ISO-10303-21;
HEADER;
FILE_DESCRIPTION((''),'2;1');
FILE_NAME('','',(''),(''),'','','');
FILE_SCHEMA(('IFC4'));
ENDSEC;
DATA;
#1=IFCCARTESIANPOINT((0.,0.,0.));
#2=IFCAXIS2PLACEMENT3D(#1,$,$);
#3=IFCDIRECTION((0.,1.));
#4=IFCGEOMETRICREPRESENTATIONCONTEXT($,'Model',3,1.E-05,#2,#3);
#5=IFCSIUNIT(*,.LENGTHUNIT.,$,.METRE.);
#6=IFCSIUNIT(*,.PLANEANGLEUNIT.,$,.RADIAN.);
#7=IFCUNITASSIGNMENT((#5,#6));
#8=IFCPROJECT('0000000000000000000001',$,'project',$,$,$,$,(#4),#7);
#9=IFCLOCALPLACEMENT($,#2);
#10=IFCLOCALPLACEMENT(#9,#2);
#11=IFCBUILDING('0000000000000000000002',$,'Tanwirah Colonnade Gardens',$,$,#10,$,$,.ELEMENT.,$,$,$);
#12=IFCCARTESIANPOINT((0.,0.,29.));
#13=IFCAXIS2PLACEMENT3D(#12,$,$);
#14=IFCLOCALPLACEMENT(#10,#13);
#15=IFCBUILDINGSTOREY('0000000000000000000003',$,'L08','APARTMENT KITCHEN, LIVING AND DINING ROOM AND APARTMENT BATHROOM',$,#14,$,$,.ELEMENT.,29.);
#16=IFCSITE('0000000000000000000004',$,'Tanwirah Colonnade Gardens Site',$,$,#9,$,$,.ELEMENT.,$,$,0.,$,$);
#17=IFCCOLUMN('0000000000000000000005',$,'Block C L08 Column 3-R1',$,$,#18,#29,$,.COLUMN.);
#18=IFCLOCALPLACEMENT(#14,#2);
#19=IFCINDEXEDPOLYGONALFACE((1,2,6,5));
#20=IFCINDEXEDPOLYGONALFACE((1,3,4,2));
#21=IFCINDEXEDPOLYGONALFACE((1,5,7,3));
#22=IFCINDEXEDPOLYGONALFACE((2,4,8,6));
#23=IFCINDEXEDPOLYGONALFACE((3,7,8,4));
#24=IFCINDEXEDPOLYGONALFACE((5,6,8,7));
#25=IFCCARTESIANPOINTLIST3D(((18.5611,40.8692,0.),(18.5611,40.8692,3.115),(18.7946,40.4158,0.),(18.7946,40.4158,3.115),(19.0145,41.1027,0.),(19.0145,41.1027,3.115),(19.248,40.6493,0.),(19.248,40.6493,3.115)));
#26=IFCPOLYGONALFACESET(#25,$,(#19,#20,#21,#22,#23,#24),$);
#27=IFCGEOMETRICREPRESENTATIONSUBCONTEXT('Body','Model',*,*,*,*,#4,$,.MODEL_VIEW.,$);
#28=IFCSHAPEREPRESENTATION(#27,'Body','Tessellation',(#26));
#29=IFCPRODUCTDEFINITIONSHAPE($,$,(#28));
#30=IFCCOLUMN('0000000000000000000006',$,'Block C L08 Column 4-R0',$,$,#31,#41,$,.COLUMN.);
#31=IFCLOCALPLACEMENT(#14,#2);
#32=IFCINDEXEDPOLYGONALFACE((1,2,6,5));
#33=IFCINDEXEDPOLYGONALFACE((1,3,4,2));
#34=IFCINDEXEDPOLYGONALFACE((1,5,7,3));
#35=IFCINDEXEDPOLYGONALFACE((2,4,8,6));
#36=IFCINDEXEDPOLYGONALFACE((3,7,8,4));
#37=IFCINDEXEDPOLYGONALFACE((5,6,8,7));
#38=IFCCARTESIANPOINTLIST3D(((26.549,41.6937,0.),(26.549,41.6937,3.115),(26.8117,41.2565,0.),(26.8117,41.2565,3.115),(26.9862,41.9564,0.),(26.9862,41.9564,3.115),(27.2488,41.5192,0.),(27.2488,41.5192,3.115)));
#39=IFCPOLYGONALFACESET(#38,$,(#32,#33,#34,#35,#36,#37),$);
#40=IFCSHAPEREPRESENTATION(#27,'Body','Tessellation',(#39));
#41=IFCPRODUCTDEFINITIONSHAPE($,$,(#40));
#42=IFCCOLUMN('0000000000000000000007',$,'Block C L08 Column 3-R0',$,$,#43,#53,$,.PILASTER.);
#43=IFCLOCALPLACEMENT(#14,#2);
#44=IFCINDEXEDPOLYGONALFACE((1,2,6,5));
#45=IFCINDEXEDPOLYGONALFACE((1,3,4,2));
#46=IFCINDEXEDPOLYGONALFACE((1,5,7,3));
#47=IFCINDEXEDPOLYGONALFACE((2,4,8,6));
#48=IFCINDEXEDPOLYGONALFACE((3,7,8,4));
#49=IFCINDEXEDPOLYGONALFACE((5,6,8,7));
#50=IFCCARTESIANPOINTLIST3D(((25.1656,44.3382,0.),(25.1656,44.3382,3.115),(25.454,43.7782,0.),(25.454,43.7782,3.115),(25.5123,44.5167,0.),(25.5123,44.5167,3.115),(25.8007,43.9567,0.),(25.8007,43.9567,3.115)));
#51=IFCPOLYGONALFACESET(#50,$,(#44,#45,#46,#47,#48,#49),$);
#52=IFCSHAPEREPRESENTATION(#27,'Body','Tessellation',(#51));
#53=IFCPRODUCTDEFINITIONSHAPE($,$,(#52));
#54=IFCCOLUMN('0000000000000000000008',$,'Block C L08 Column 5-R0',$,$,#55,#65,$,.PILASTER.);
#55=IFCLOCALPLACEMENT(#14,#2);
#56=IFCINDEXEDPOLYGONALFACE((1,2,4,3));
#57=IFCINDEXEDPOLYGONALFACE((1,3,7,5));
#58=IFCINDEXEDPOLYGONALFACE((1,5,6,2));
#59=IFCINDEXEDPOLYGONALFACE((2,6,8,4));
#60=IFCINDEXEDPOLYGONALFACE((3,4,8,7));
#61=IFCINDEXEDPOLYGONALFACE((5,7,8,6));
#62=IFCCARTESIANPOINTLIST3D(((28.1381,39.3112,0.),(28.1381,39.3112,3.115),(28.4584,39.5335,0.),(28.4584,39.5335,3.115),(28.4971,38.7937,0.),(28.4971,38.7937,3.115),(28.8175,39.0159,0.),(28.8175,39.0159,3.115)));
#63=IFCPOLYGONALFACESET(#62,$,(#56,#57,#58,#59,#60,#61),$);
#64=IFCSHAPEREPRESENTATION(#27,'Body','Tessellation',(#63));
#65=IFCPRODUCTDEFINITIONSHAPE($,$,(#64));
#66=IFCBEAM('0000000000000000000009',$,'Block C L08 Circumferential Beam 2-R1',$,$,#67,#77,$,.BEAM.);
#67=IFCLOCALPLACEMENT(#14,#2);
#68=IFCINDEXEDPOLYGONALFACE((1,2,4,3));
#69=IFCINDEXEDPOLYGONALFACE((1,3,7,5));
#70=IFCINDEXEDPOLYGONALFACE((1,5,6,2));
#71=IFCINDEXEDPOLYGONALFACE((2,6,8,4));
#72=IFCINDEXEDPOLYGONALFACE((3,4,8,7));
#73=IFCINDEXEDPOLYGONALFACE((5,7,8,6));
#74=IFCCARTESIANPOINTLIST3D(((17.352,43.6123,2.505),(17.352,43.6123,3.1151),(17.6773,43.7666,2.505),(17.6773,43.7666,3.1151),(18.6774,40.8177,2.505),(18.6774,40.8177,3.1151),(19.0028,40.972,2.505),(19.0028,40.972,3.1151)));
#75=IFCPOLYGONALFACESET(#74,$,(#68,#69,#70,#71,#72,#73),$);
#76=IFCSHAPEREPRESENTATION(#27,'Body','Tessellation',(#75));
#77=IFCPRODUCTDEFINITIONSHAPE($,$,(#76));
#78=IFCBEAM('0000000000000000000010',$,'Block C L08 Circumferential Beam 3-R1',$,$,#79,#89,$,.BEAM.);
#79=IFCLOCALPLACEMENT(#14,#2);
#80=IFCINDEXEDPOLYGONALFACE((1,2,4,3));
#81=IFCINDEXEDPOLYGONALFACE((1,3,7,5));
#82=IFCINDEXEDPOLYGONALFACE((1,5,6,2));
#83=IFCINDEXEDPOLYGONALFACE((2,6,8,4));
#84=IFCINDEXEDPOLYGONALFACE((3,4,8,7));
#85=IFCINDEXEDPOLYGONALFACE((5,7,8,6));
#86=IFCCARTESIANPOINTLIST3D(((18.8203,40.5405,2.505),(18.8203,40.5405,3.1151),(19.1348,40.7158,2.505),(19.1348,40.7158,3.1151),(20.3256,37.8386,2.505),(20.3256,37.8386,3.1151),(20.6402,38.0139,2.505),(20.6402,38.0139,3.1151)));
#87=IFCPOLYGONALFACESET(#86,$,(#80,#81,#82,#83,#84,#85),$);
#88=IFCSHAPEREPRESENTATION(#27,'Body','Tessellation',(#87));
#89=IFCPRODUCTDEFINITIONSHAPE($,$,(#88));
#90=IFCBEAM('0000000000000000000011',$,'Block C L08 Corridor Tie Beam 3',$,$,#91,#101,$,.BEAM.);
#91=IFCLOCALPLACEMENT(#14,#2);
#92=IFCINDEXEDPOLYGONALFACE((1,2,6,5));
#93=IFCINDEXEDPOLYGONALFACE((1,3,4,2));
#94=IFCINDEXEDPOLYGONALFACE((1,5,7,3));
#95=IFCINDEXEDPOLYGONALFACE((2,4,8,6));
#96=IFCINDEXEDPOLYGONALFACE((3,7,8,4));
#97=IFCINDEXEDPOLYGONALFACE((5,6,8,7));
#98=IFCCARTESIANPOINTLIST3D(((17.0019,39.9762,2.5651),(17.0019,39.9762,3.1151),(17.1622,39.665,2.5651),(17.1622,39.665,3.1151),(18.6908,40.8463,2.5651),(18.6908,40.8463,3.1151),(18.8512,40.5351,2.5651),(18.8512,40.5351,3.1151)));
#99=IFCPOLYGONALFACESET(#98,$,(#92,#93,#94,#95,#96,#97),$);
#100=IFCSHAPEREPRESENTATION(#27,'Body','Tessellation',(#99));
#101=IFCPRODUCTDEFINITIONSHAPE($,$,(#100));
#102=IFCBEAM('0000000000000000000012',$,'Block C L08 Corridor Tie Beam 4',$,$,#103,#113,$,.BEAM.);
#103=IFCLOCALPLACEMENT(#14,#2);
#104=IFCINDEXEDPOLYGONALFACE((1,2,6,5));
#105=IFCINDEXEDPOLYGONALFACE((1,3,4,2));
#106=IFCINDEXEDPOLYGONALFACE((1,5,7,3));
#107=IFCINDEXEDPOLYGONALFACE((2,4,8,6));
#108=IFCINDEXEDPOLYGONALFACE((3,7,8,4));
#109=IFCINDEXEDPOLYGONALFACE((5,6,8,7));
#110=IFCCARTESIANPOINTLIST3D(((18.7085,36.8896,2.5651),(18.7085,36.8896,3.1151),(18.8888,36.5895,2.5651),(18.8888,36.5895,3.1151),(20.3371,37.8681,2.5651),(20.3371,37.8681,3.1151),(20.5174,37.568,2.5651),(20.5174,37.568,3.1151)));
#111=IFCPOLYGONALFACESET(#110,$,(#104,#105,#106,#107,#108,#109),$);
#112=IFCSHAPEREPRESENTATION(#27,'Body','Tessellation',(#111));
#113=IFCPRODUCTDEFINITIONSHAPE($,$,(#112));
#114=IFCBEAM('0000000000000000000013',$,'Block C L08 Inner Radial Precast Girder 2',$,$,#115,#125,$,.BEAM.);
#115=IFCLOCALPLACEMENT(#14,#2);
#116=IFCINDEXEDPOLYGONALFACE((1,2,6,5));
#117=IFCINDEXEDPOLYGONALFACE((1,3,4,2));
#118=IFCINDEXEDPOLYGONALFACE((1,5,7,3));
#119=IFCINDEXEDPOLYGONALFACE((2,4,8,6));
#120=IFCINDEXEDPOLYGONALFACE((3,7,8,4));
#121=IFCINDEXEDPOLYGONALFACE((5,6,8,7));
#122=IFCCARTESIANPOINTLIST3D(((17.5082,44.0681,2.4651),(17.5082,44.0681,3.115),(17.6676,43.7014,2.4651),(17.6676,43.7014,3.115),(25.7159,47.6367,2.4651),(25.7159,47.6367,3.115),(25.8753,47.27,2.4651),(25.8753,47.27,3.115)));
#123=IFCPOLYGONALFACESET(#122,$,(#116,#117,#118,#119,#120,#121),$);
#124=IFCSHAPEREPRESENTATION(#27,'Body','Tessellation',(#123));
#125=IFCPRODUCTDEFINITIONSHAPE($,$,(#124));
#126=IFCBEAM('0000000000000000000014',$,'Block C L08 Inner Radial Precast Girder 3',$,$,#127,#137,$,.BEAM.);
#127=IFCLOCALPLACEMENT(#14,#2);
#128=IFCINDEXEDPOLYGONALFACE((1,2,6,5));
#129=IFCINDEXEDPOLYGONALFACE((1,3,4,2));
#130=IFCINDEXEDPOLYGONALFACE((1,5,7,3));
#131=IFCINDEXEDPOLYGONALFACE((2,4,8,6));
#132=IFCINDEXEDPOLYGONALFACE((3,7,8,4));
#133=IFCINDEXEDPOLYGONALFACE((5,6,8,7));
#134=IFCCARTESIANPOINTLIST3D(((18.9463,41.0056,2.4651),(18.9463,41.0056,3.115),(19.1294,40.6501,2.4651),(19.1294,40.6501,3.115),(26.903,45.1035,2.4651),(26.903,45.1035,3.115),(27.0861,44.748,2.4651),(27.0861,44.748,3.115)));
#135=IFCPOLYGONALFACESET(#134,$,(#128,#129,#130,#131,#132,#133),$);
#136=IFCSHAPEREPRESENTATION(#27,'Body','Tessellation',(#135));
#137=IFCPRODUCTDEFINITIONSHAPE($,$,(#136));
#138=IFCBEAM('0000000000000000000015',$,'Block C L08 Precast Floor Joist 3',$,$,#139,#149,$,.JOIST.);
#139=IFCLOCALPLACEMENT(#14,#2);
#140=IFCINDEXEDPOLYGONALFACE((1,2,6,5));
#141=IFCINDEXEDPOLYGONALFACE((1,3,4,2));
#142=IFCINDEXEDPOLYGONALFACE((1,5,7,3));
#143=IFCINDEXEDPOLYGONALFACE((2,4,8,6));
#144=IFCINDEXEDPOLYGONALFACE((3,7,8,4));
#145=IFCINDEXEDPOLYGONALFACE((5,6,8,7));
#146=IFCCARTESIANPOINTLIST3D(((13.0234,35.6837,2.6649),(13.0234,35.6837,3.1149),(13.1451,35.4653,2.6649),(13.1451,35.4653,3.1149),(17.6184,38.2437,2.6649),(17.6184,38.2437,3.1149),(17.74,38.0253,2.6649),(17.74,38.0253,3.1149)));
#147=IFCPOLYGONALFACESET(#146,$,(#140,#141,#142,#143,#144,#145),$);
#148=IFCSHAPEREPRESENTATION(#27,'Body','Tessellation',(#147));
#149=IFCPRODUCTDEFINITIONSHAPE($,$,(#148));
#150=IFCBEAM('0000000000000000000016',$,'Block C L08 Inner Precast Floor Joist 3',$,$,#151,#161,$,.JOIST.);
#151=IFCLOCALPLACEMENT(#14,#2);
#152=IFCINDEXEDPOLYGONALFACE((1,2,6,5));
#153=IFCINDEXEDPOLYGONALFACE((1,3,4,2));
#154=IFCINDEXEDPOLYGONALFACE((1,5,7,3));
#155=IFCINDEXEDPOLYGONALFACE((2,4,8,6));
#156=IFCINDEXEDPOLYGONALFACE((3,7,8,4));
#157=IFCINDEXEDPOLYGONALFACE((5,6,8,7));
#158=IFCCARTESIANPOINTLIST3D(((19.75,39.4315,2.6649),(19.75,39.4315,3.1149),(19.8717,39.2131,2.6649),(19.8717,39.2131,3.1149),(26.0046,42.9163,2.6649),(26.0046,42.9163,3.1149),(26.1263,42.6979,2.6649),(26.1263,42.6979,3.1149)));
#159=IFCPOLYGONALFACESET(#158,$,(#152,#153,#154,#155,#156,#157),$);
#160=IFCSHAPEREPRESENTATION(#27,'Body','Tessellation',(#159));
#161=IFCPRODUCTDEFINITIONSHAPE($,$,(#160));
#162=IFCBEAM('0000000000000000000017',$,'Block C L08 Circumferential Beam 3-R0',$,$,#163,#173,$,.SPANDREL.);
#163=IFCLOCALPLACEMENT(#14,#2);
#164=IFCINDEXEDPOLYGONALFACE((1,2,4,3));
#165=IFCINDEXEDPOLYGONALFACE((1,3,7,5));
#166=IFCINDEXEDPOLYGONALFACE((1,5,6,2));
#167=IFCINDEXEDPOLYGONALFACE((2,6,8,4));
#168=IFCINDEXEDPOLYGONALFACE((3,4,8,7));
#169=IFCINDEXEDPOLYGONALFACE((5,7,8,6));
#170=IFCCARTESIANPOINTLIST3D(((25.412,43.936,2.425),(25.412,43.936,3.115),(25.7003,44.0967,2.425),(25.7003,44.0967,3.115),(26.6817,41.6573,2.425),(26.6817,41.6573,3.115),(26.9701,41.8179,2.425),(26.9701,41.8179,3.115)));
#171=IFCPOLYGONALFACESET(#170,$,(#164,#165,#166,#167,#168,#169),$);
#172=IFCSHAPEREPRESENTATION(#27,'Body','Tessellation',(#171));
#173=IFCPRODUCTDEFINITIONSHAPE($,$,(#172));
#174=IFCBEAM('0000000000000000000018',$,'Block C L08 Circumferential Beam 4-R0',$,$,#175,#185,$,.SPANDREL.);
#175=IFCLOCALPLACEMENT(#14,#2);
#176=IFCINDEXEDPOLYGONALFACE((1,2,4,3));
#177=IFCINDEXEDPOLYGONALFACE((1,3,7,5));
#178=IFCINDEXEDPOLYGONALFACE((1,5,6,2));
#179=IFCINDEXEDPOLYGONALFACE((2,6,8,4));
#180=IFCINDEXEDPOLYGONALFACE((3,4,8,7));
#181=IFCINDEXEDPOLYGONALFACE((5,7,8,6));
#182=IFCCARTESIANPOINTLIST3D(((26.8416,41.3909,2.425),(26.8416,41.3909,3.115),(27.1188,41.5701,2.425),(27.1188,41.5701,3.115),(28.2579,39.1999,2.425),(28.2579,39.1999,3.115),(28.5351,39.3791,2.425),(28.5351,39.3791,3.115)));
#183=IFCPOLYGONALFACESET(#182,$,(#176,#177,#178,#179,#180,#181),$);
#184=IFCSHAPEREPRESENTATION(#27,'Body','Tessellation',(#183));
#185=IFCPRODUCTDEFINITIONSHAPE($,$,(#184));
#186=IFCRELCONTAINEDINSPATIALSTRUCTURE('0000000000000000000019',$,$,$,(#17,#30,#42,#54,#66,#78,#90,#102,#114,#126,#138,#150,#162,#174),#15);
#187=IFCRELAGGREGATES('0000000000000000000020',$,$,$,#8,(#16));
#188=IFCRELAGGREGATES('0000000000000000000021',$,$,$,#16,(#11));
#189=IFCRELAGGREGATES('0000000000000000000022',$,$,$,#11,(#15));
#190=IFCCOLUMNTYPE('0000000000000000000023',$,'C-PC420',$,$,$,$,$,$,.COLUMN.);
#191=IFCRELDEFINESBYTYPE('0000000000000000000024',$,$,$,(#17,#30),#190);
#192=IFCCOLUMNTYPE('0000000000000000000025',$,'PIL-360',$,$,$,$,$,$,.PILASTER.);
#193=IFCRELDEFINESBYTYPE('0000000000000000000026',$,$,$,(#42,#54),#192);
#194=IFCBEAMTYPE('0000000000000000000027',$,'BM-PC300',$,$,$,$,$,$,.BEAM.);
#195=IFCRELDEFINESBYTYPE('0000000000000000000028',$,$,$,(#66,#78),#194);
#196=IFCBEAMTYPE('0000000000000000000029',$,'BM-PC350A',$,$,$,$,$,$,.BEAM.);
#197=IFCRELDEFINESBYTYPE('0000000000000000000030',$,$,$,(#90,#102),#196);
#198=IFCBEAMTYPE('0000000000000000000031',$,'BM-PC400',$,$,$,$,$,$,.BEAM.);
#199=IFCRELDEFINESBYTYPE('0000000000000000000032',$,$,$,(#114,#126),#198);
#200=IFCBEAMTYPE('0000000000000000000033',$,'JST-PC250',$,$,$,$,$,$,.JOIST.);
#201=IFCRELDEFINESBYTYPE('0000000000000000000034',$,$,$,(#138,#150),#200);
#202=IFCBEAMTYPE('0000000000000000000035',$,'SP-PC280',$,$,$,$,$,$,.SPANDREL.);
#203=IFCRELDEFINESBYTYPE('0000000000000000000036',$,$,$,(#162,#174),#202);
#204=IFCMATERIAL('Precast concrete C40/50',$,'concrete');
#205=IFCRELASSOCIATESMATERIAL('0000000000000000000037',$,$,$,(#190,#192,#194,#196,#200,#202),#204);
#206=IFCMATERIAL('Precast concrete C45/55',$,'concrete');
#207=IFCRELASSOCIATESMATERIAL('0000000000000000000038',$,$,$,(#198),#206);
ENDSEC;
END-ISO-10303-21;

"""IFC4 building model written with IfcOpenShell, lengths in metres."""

from ifc_helpers import new_model, si_unit, direction, frame, origin, origin_2d, place, context, subcontext, project, spatial, rectangle, extrude, material, material_profile, profile_set, type_object, element, save


model = new_model("IFC4")

# Units and contexts
model_context = context("Model", 3, precision=1e-05, world=origin(), true_north=direction((0.0, 1.0)))
body_context = subcontext(model_context, "Body", "Model", "MODEL_VIEW")
ifc_project = project(units=[si_unit("LENGTHUNIT", "METRE"), si_unit("PLANEANGLEUNIT", "RADIAN")], contexts=[model_context])

# Site, building, storey
site_placement = place(None, origin())
site = spatial("IfcSite", under=ifc_project, at=site_placement, Name="Tanwirah Colonnade Gardens Site", CompositionType="ELEMENT", RefElevation=0.0)
building_placement = place(site_placement, origin())
building = spatial("IfcBuilding", under=site, at=building_placement, Name="Tanwirah Colonnade Gardens", CompositionType="ELEMENT")
storey_placement = place(building_placement, frame((0.0, 0.0, 29.0)))
storey = spatial("IfcBuildingStorey", under=building, at=storey_placement, Name="L08", Description="APARTMENT KITCHEN, LIVING AND DINING ROOM AND APARTMENT BATHROOM", CompositionType="ELEMENT", Elevation=29.0)

# Columns
ifc_material_1 = material(Name="Precast concrete C40/50", Category="concrete")
ifc_material_profile_1 = material_profile(ifc_material_1, rectangle(XDim=0.51, YDim=0.51, at=origin_2d()), Name="PC-COL 510x510")
ifc_profile_set_1 = profile_set([ifc_material_profile_1], Name="Precast concrete C40/50")
column_type_1 = type_object("IfcColumnType", Name="C-PC420", PredefinedType="COLUMN", material=ifc_profile_set_1)
for number, where, z_axis, x_axis, name in (
    (1, (18.9045, 40.7593, 0.0), (0.0, 0.0, 1.0), (-0.889017, -0.457874, 0.0), "Block C L08 Column 3-R1"),
    (2, (26.8989, 41.6064, 0.0), (0.0, 0.0, 1.0), (-0.857167, -0.515038, 0.0), "Block C L08 Column 4-R0"),
):
    element("IfcColumn", number, at=place(storey_placement, frame(where, z_axis=z_axis, x_axis=x_axis)), inside=storey, type_object=column_type_1, Name=name, PredefinedType="COLUMN", context=body_context, shape_type="SweptSolid", body=[
        extrude(rectangle(XDim=0.51, YDim=0.51, at=origin_2d()), origin(), (0.0, 0.0, 1.0), 3.115),
    ])
ifc_material_profile_2 = material_profile(ifc_material_1, rectangle(XDim=0.3899, YDim=0.6299, at=origin_2d()), Name="PC-PIL 390x630")
ifc_profile_set_2 = profile_set([ifc_material_profile_2], Name="Precast concrete C40/50")
column_type_2 = type_object("IfcColumnType", Name="PIL-360", PredefinedType="PILASTER", material=ifc_profile_set_2)
for number, where, z_axis, x_axis, name in (
    (3, (25.4832, 44.1475, 0.0), (0.0, 0.0, 1.0), (-0.889017, -0.457874, 0.0), "Block C L08 Column 3-R0"),
    (4, (28.4778, 39.1636, 0.0), (0.0, 0.0, 1.0), (-0.821647, -0.569997, 0.0), "Block C L08 Column 5-R0"),
):
    element("IfcColumn", number, at=place(storey_placement, frame(where, z_axis=z_axis, x_axis=x_axis)), inside=storey, type_object=column_type_2, Name=name, PredefinedType="PILASTER", context=body_context, shape_type="SweptSolid", body=[
        extrude(rectangle(XDim=0.3899, YDim=0.6299, at=origin_2d()), origin(), (0.0, 0.0, 1.0), 3.115),
    ])

# Beams
ifc_material_profile_3 = material_profile(ifc_material_1, rectangle(XDim=0.3601, YDim=0.6101, at=origin_2d()), Name="PC-BM 360x610")
ifc_profile_set_3 = profile_set([ifc_material_profile_3], Name="Precast concrete C40/50")
beam_type_1 = type_object("IfcBeamType", Name="BM-PC300", PredefinedType="BEAM", material=ifc_profile_set_3)
for number, where, z_axis, x_axis, name in (
    (5, (17.5146, 43.6895, 2.8101), (0.428521, -0.903532, 0.0), (0.903532, 0.428521, 0.0), "Block C L08 Circumferential Beam 2-R1"),
    (6, (18.9775, 40.6282, 2.8101), (0.486708, -0.873565, 0.0), (0.873565, 0.486708, 0.0), "Block C L08 Circumferential Beam 3-R1"),
):
    element("IfcBeam", number, at=place(storey_placement, frame(where, z_axis=z_axis, x_axis=x_axis)), inside=storey, type_object=beam_type_1, Name=name, PredefinedType="BEAM", context=body_context, shape_type="SweptSolid", body=[
        extrude(rectangle(XDim=0.3601, YDim=0.6101, at=origin_2d()), origin(), (0.0, 0.0, 1.0), 3.093),
    ])
ifc_material_profile_4 = material_profile(ifc_material_1, rectangle(XDim=0.3501, YDim=0.55, at=origin_2d()), Name="PC-BM 350x550")
ifc_profile_set_4 = profile_set([ifc_material_profile_4], Name="Precast concrete C40/50")
beam_type_2 = type_object("IfcBeamType", Name="BM-PC350A", PredefinedType="BEAM", material=ifc_profile_set_4)
for number, where, z_axis, x_axis, name in (
    (7, (18.771, 40.6907, 2.8401), (-0.888965, -0.457975, 0.0), (0.457975, -0.888965, 0.0), "Block C L08 Corridor Tie Beam 3"),
    (8, (20.4272, 37.718, 2.8401), (-0.857187, -0.515006, 0.0), (0.515006, -0.857187, 0.0), "Block C L08 Corridor Tie Beam 4"),
):
    element("IfcBeam", number, at=place(storey_placement, frame(where, z_axis=z_axis, x_axis=x_axis)), inside=storey, type_object=beam_type_2, Name=name, PredefinedType="BEAM", context=body_context, shape_type="SweptSolid", body=[
        extrude(rectangle(XDim=0.3501, YDim=0.55, at=origin_2d()), origin(), (0.0, 0.0, 1.0), 1.8999),
    ])
ifc_material_2 = material(Name="Precast concrete C45/55", Category="concrete")
ifc_material_profile_5 = material_profile(ifc_material_2, rectangle(XDim=0.3999, YDim=0.6499, at=origin_2d()), Name="PC-BM 400x650")
ifc_profile_set_5 = profile_set([ifc_material_profile_5], Name="Precast concrete C45/55")
beam_type_3 = type_object("IfcBeamType", Name="BM-PC400", PredefinedType="BEAM", material=ifc_profile_set_5)
for number, where, z_axis, x_axis, name in (
    (9, (17.5879, 43.8848, 2.79), (0.91707, 0.398727, 0.0), (-0.398727, 0.91707, 0.0), "Block C L08 Inner Radial Precast Girder 2"),
    (10, (19.0378, 40.8279, 2.79), (0.889022, 0.457864, 0.0), (-0.457864, 0.889022, 0.0), "Block C L08 Inner Radial Precast Girder 3"),
):
    element("IfcBeam", number, at=place(storey_placement, frame(where, z_axis=z_axis, x_axis=x_axis)), inside=storey, type_object=beam_type_3, Name=name, PredefinedType="BEAM", context=body_context, shape_type="SweptSolid", body=[
        extrude(rectangle(XDim=0.3999, YDim=0.6499, at=origin_2d()), origin(), (0.0, 0.0, 1.0), 8.95),
    ])
ifc_material_profile_6 = material_profile(ifc_material_1, rectangle(XDim=0.25, YDim=0.45, at=origin_2d()), Name="PC-JST 250x450")
ifc_profile_set_6 = profile_set([ifc_material_profile_6], Name="Precast concrete C40/50")
beam_type_4 = type_object("IfcBeamType", Name="JST-PC250", PredefinedType="JOIST", material=ifc_profile_set_6)
beam_1_placement = place(storey_placement, frame((17.6792, 38.1345, 2.8899), z_axis=(-0.873568, -0.486703, 0.0), x_axis=(0.486703, -0.873568, 0.0)))
element("IfcBeam", 11, at=beam_1_placement, inside=storey, type_object=beam_type_4, Name="Block C L08 Precast Floor Joist 3", PredefinedType="JOIST", context=body_context, shape_type="SweptSolid", body=[
    extrude(rectangle(XDim=0.25, YDim=0.45, at=origin_2d()), origin(), (0.0, 0.0, 1.0), 5.26),
])
beam_2_placement = place(storey_placement, frame((26.0654, 42.8071, 2.8899), z_axis=(-0.87356, -0.486717, 0.0), x_axis=(0.486717, -0.87356, 0.0)))
element("IfcBeam", 12, at=beam_2_placement, inside=storey, type_object=beam_type_4, Name="Block C L08 Inner Precast Floor Joist 3", PredefinedType="JOIST", context=body_context, shape_type="SweptSolid", body=[
    extrude(rectangle(XDim=0.25, YDim=0.45, at=origin_2d()), origin(), (0.0, 0.0, 1.0), 7.1599),
])
ifc_material_profile_7 = material_profile(ifc_material_1, rectangle(XDim=0.3301, YDim=0.6899, at=origin_2d()), Name="PC-SP 330x690")
ifc_profile_set_7 = profile_set([ifc_material_profile_7], Name="Precast concrete C40/50")
beam_type_5 = type_object("IfcBeamType", Name="SP-PC280", PredefinedType="SPANDREL", material=ifc_profile_set_7)
beam_3_placement = place(storey_placement, frame((25.5562, 44.0164, 2.77), z_axis=(0.486747, -0.873543, 0.0), x_axis=(0.873543, 0.486747, 0.0)))
element("IfcBeam", 13, at=beam_3_placement, inside=storey, type_object=beam_type_5, Name="Block C L08 Circumferential Beam 3-R0", PredefinedType="SPANDREL", context=body_context, shape_type="SweptSolid", body=[
    extrude(rectangle(XDim=0.3301, YDim=0.6899, at=origin_2d()), origin(), (0.0, 0.0, 1.0), 2.6086),
])
beam_4_placement = place(storey_placement, frame((26.9802, 41.4805, 2.77), z_axis=(0.542875, -0.839814, 0.0), x_axis=(0.839814, 0.542875, 0.0)))
element("IfcBeam", 14, at=beam_4_placement, inside=storey, type_object=beam_type_5, Name="Block C L08 Circumferential Beam 4-R0", PredefinedType="SPANDREL", context=body_context, shape_type="SweptSolid", body=[
    extrude(rectangle(XDim=0.3301, YDim=0.6899, at=origin_2d()), origin(), (0.0, 0.0, 1.0), 2.6089),
])

save(model, "model.ifc")
